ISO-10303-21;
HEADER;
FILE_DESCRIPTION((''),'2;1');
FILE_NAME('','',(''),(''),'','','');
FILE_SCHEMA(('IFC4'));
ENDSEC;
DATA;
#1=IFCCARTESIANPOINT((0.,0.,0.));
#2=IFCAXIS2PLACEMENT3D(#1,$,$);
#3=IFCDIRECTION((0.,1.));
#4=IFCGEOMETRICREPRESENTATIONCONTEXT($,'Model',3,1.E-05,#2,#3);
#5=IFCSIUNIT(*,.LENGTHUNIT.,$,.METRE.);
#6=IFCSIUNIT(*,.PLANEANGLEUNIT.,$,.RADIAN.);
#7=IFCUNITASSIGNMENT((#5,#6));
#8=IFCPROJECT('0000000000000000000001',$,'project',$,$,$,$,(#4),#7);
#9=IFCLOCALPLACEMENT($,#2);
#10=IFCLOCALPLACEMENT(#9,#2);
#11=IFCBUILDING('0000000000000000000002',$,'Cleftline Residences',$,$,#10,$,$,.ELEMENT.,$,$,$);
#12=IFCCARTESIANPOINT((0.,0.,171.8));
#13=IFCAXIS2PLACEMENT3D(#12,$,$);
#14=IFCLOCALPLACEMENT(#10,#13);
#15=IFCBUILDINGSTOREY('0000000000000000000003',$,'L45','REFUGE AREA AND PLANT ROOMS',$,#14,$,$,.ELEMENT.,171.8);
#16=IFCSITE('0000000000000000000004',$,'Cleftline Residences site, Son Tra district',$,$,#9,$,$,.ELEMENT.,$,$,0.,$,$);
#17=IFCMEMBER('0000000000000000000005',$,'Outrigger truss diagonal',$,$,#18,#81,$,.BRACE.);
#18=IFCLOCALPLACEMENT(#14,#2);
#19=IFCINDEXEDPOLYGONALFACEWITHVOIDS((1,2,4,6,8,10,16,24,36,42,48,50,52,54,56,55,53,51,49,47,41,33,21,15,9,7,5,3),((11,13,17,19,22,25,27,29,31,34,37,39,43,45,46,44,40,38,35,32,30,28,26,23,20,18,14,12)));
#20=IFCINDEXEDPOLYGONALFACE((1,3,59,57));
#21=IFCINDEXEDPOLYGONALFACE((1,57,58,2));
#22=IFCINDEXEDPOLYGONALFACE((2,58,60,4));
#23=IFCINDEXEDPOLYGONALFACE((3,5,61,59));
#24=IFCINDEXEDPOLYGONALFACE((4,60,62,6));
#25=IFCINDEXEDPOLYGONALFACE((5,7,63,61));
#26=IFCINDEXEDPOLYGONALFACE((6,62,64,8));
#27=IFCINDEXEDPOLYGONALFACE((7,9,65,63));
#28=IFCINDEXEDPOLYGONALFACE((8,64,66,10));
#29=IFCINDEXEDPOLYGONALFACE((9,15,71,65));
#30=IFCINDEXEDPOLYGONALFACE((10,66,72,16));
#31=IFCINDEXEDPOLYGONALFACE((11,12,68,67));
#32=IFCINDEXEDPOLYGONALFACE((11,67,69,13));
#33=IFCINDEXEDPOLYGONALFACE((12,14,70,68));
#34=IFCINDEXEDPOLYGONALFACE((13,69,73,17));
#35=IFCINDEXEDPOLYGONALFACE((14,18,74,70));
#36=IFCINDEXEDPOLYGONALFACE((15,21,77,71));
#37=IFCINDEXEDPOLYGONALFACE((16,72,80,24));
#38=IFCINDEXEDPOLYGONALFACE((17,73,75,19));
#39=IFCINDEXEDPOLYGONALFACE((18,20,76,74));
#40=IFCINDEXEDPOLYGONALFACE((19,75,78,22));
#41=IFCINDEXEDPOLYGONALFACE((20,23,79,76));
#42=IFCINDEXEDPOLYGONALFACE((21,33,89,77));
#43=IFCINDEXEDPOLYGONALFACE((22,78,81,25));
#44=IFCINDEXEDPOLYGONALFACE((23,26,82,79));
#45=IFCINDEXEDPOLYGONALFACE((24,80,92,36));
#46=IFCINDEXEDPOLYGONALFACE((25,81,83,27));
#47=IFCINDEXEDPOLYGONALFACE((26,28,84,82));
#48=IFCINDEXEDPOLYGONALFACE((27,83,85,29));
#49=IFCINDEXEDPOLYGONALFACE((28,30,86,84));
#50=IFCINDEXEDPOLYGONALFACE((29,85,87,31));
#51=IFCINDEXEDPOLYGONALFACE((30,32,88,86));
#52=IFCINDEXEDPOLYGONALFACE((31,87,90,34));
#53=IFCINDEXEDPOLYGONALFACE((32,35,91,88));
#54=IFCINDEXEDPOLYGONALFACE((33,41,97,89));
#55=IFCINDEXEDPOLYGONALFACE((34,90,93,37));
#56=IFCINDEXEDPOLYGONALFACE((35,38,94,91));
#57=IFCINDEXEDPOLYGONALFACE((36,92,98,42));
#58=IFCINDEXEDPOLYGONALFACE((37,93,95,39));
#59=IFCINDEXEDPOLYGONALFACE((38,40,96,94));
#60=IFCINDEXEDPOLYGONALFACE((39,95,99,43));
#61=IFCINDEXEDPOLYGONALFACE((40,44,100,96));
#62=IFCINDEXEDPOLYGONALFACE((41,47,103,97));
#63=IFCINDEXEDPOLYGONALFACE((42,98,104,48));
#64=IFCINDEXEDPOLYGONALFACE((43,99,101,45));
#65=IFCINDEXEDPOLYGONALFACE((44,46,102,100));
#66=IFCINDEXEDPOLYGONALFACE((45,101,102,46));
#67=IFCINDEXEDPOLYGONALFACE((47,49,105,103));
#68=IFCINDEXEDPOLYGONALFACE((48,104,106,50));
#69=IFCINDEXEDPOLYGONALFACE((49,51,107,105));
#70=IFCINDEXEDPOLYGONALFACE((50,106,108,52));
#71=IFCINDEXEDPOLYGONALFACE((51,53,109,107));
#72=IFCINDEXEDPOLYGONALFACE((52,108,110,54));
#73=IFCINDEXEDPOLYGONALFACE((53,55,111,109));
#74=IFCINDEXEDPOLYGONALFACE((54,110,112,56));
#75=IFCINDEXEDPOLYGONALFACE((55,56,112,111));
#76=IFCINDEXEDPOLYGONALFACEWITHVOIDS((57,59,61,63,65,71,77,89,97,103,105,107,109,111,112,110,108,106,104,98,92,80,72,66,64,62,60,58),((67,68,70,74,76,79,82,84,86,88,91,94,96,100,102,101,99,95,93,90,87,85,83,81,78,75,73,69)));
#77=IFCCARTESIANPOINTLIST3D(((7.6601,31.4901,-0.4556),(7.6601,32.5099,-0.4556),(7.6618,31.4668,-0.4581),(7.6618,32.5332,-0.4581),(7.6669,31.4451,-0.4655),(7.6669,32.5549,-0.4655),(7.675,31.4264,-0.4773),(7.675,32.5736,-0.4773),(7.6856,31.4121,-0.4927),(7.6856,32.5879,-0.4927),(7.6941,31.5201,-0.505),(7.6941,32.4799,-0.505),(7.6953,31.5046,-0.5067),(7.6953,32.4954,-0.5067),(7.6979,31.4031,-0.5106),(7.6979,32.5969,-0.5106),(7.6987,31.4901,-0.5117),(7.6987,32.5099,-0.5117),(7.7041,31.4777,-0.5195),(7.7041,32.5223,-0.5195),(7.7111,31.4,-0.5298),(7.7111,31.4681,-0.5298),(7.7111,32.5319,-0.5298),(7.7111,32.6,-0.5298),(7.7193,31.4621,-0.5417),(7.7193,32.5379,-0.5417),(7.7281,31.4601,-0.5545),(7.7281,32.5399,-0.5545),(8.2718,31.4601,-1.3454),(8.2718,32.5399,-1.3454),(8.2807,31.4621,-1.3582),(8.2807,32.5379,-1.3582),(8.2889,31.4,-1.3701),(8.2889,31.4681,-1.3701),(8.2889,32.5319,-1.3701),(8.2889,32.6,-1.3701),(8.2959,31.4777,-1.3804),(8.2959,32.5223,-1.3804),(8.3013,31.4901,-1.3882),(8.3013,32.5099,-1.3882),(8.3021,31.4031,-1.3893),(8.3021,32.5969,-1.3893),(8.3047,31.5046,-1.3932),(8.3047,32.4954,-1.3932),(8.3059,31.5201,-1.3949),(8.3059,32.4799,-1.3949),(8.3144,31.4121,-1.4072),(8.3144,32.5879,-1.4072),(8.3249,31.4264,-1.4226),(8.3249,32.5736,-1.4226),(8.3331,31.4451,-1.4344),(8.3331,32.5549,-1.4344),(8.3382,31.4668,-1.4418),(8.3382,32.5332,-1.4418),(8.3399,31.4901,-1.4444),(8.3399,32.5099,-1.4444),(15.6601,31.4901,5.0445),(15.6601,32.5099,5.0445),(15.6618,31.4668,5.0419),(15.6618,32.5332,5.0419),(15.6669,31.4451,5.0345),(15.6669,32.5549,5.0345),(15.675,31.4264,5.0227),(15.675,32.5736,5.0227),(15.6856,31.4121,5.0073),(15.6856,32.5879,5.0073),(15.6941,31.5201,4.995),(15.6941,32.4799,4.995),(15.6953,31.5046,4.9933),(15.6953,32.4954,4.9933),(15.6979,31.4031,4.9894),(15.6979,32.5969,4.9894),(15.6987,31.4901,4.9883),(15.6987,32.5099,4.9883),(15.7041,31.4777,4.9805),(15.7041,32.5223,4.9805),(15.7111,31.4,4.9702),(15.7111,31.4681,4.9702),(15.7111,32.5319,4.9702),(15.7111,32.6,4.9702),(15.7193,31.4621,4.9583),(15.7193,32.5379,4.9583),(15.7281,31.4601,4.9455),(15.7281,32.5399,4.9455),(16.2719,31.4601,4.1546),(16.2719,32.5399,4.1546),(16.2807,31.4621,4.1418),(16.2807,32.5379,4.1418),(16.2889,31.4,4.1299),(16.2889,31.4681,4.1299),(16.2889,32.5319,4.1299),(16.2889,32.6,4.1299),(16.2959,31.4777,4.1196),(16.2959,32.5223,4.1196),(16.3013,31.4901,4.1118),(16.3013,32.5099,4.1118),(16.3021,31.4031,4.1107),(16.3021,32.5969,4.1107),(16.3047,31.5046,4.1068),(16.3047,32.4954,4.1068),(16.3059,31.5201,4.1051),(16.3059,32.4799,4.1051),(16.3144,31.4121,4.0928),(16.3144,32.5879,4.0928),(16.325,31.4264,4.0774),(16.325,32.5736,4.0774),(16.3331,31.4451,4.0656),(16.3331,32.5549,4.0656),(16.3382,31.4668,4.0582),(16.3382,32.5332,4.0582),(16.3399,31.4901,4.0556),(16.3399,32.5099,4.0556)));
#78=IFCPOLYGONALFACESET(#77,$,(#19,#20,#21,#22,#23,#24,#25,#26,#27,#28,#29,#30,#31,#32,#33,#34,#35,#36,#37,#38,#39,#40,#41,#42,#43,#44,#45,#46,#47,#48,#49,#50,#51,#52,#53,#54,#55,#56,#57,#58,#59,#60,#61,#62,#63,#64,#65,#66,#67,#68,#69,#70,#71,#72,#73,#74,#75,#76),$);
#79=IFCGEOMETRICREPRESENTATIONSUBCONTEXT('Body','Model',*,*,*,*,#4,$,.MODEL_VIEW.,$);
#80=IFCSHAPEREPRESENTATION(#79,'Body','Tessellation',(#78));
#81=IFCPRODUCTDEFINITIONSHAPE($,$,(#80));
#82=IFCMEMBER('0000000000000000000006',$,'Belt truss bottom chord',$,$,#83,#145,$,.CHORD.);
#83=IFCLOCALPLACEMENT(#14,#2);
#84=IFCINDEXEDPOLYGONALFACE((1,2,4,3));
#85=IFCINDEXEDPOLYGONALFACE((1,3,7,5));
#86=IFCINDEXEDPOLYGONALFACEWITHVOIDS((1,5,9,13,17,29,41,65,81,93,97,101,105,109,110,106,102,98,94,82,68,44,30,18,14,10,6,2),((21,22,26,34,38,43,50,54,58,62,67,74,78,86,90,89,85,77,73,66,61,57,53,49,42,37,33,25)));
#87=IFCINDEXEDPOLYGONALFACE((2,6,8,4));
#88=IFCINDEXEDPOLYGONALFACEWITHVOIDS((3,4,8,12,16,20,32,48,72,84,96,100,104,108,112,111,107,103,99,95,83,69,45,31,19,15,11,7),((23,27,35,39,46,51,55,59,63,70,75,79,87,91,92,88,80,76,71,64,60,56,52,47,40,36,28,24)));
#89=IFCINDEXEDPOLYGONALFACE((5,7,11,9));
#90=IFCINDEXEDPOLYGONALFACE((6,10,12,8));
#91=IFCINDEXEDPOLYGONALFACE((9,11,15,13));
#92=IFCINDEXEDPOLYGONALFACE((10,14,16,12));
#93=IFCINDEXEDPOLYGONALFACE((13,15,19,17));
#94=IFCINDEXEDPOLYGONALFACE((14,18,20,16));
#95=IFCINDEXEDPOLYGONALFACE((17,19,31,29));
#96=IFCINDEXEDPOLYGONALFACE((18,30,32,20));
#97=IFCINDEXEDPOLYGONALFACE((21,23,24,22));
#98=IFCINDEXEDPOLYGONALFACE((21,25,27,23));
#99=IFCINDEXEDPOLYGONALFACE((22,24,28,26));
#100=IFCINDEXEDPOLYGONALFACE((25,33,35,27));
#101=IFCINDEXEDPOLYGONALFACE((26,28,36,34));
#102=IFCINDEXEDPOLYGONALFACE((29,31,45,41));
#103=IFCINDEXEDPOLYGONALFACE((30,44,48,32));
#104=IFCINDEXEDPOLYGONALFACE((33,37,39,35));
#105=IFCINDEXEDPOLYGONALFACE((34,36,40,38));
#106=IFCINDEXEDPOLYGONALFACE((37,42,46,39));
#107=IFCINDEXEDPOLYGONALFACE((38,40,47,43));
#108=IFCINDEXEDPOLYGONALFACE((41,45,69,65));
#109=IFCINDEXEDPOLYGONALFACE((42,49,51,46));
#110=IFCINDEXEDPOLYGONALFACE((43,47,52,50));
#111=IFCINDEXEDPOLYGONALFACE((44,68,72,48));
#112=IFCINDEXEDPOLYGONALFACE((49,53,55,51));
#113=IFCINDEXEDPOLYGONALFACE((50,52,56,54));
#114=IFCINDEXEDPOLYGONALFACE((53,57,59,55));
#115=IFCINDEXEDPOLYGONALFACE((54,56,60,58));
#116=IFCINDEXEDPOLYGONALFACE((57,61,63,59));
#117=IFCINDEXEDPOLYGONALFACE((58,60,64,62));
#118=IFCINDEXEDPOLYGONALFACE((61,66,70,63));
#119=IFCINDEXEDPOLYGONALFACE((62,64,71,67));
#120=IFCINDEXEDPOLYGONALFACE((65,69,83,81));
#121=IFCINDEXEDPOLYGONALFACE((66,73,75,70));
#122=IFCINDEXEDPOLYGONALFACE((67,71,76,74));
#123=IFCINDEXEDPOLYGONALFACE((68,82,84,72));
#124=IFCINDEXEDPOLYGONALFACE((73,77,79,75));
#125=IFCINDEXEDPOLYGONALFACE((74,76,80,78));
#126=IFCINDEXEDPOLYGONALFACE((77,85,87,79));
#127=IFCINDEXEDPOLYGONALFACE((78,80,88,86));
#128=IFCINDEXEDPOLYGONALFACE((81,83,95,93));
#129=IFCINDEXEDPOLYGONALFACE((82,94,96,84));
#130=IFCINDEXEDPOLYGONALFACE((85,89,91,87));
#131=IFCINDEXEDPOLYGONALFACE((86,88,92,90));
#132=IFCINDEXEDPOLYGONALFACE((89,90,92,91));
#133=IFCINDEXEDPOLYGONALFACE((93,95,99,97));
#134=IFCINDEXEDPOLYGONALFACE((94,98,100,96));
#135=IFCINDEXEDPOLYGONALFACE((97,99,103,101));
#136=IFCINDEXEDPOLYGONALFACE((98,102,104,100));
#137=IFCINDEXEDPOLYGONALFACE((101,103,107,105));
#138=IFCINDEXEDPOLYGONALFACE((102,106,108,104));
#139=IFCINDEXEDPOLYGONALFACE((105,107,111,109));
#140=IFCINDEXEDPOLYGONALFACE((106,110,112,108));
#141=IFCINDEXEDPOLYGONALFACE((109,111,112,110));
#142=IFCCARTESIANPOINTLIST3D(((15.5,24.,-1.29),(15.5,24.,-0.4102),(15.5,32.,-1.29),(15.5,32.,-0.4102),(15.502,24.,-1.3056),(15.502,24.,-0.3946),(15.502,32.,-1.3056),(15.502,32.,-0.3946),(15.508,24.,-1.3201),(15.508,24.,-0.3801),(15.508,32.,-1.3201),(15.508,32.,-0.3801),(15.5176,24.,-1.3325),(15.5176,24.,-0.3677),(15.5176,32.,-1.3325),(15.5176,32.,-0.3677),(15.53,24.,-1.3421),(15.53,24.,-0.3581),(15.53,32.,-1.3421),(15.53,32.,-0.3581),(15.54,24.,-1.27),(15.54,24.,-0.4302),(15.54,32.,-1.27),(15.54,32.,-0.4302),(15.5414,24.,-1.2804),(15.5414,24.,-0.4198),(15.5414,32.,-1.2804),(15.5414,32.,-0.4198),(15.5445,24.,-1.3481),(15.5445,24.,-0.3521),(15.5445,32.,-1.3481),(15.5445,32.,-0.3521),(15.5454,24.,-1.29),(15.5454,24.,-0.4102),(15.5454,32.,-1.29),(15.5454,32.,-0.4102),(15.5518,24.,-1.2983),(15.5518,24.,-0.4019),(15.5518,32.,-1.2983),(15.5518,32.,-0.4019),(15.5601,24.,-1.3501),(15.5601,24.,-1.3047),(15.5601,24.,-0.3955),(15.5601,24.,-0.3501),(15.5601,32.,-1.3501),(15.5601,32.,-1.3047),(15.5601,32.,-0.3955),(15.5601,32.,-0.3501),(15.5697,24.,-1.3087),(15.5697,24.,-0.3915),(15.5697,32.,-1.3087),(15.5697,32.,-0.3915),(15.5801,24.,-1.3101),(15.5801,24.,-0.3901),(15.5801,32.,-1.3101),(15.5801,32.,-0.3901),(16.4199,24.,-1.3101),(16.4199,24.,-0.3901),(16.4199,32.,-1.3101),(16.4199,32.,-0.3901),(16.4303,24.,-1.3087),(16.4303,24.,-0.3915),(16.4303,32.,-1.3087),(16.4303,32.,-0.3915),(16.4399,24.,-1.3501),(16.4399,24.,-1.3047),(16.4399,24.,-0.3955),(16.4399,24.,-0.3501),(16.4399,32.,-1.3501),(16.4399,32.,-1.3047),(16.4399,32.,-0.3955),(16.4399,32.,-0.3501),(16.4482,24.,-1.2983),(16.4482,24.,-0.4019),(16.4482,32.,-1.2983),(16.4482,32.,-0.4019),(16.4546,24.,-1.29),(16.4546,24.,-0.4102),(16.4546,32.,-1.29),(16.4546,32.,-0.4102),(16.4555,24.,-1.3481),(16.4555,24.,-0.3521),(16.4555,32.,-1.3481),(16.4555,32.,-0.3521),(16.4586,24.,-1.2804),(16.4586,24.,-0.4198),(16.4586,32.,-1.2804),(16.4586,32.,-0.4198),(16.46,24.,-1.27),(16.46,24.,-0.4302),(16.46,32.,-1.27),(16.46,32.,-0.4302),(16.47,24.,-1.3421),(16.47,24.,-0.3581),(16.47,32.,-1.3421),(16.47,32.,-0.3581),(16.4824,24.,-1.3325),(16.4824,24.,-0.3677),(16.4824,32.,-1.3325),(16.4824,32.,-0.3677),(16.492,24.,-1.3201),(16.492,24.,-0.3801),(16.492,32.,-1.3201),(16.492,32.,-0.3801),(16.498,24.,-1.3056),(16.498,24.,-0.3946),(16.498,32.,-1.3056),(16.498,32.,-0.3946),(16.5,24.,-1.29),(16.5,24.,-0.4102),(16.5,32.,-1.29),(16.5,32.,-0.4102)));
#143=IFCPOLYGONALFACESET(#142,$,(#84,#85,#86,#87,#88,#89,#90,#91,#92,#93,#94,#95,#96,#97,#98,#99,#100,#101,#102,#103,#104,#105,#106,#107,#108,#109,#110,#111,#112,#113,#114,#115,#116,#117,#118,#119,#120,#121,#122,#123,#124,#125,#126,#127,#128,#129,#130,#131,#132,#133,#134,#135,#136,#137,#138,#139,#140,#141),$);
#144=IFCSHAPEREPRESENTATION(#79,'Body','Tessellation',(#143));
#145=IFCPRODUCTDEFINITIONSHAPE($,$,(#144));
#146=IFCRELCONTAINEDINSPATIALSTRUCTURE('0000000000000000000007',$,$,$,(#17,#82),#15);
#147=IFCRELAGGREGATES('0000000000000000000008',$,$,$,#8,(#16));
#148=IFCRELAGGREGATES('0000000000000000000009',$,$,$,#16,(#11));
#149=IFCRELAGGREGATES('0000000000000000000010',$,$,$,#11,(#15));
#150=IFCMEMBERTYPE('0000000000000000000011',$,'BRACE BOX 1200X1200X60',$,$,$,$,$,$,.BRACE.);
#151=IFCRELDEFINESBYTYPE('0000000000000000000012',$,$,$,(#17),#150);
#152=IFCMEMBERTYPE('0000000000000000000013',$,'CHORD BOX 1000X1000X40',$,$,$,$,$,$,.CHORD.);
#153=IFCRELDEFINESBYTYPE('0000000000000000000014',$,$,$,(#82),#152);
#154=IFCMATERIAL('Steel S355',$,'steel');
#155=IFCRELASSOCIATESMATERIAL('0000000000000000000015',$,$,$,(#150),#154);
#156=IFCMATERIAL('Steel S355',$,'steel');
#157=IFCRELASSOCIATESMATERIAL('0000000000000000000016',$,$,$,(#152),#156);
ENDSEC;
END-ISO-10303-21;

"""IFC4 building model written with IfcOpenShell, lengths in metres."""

from ifc_helpers import new_model, si_unit, direction, frame, origin, origin_2d, place, context, subcontext, project, spatial, hollow_rectangle, extrude, material, material_profile, profile_set, type_object, element, save


model = new_model("IFC4")

# Units and contexts
model_context = context("Model", 3, precision=1e-05, world=origin(), true_north=direction((0.0, 1.0)))
body_context = subcontext(model_context, "Body", "Model", "MODEL_VIEW")
ifc_project = project(units=[si_unit("LENGTHUNIT", "METRE"), si_unit("PLANEANGLEUNIT", "RADIAN")], contexts=[model_context])

# Site, building, storey
site_placement = place(None, origin())
site = spatial("IfcSite", under=ifc_project, at=site_placement, Name="Cleftline Residences site, Son Tra district", CompositionType="ELEMENT", RefElevation=0.0)
building_placement = place(site_placement, origin())
building = spatial("IfcBuilding", under=site, at=building_placement, Name="Cleftline Residences", CompositionType="ELEMENT")
storey_placement = place(building_placement, frame((0.0, 0.0, 171.8)))
storey = spatial("IfcBuildingStorey", under=building, at=storey_placement, Name="L45", Description="REFUGE AREA AND PLANT ROOMS", CompositionType="ELEMENT", Elevation=171.8)

# Members
ifc_material_1 = material(Name="Steel S355", Category="steel")
ifc_material_profile_1 = material_profile(ifc_material_1, hollow_rectangle(XDim=1.2, YDim=1.2, WallThickness=0.0601, InnerFilletRadius=0.0601, OuterFilletRadius=0.0901, at=origin_2d()))
ifc_profile_set_1 = profile_set([ifc_material_profile_1], Name="Steel S355")
member_type_1 = type_object("IfcMemberType", Name="BRACE BOX 1200X1200X60", PredefinedType="BRACE", material=ifc_profile_set_1)
member_placement = place(storey_placement, frame((16.0, 32.0, 4.55), z_axis=(-0.824042, 0.0, -0.566529), x_axis=(-0.566529, 0.0, 0.824042)))
element("IfcMember", 1, at=member_placement, inside=storey, type_object=member_type_1, Name="Outrigger truss diagonal", PredefinedType="BRACE", context=body_context, shape_type="SweptSolid", body=[
    extrude(hollow_rectangle(XDim=1.2, YDim=1.2, WallThickness=0.0601, InnerFilletRadius=0.0601, OuterFilletRadius=0.0901, at=origin_2d()), origin(), (0.0, 0.0, 1.0), 9.7083),
])
ifc_material_2 = material(Name="Steel S355", Category="steel")
ifc_material_profile_2 = material_profile(ifc_material_2, hollow_rectangle(XDim=1.0, YDim=1.0, WallThickness=0.04, InnerFilletRadius=0.04, OuterFilletRadius=0.0601, at=origin_2d()))
ifc_profile_set_2 = profile_set([ifc_material_profile_2], Name="Steel S355")
member_type_2 = type_object("IfcMemberType", Name="CHORD BOX 1000X1000X40", PredefinedType="CHORD", material=ifc_profile_set_2)
for number, where, z_axis, x_axis, name in (
    (2, (16.0, 24.0, -0.8501), (0.0, 1.0, 0.0), (-1.0, 0.0, 0.0), "Belt truss bottom chord"),
):
    element("IfcMember", number, at=place(storey_placement, frame(where, z_axis=z_axis, x_axis=x_axis)), inside=storey, type_object=member_type_2, Name=name, PredefinedType="CHORD", context=body_context, shape_type="SweptSolid", body=[
        extrude(hollow_rectangle(XDim=1.0, YDim=1.0, WallThickness=0.04, InnerFilletRadius=0.04, OuterFilletRadius=0.0601, at=origin_2d()), origin(), (0.0, 0.0, 1.0), 8.0),
    ])

save(model, "model.ifc")
